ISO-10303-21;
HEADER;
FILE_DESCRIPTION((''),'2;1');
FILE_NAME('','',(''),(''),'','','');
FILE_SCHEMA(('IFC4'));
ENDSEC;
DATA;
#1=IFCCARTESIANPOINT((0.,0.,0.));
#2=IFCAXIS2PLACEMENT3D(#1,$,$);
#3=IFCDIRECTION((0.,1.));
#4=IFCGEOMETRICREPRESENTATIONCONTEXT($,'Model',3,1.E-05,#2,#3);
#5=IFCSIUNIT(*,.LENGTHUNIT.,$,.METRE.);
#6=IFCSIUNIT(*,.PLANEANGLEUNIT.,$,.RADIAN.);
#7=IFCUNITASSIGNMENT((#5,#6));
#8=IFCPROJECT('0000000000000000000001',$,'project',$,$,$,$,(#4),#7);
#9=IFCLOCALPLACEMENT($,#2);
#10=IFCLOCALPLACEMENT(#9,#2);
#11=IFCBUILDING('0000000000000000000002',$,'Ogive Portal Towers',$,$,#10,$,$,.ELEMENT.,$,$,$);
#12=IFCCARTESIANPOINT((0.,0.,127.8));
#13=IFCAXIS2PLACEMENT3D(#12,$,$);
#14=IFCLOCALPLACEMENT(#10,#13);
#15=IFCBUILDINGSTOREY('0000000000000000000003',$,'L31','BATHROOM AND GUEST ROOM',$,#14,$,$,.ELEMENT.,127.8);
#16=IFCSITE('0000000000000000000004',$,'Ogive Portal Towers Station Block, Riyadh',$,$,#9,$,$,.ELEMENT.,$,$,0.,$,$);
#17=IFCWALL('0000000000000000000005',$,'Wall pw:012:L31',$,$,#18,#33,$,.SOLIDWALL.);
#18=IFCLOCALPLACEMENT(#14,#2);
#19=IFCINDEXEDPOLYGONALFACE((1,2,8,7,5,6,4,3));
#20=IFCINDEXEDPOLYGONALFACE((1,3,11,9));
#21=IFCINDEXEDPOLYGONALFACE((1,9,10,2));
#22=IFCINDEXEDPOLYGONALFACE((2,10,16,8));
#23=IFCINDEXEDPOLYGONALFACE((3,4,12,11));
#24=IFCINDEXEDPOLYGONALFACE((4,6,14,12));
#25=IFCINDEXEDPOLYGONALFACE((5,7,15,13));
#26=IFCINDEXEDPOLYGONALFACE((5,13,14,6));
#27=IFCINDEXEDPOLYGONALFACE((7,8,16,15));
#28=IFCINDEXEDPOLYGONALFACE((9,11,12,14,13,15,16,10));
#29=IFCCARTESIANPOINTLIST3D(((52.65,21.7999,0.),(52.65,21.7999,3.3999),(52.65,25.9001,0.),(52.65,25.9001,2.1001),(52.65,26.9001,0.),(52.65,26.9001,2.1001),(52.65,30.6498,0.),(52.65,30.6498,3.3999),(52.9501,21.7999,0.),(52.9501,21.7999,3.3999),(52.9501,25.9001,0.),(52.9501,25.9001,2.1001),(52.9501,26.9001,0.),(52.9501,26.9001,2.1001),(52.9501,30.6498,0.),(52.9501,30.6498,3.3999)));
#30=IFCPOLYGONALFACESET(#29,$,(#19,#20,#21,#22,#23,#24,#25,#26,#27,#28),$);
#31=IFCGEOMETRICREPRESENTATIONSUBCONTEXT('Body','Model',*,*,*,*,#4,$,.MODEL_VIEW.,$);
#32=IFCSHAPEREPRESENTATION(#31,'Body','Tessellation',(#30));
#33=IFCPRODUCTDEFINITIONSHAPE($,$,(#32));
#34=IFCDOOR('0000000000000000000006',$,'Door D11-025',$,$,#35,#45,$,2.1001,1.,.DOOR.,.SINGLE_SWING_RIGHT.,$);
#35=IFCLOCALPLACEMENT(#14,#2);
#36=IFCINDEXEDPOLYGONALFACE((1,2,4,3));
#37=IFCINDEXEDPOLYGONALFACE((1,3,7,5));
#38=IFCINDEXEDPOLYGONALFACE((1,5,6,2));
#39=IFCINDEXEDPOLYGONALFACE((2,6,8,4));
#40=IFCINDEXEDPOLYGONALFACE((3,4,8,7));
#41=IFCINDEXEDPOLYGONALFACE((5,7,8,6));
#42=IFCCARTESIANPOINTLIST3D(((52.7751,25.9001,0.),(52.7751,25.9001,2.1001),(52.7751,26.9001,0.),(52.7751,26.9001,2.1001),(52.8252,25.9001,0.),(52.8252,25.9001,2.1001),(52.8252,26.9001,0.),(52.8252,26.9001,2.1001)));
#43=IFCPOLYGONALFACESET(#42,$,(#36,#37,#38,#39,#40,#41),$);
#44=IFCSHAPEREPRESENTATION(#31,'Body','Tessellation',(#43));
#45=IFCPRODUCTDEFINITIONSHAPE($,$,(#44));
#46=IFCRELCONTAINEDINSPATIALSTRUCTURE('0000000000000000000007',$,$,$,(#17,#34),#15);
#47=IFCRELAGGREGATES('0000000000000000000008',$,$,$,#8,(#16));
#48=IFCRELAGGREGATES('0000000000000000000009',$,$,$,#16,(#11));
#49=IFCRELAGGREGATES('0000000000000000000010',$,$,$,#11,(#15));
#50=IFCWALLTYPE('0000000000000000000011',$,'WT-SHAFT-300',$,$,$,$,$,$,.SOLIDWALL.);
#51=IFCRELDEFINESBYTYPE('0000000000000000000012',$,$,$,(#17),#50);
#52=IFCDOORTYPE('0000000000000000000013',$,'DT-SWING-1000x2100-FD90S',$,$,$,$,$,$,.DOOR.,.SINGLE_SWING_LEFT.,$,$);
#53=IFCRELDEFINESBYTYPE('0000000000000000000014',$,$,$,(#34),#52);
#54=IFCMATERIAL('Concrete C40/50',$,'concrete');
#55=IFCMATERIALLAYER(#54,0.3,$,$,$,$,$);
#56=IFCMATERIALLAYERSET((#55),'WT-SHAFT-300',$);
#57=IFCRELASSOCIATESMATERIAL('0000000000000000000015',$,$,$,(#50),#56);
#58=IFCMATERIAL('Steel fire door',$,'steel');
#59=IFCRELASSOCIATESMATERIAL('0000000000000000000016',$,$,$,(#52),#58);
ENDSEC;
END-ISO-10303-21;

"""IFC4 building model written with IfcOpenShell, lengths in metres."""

from ifc_helpers import new_model, si_unit, direction, frame, frame_2d, origin, place, context, subcontext, project, spatial, rectangle, extrude, material, layer, layer_set, type_object, element, fill, save


model = new_model("IFC4")

# Units and contexts
model_context = context("Model", 3, precision=1e-05, world=origin(), true_north=direction((0.0, 1.0)))
body_context = subcontext(model_context, "Body", "Model", "MODEL_VIEW")
ifc_project = project(units=[si_unit("LENGTHUNIT", "METRE"), si_unit("PLANEANGLEUNIT", "RADIAN")], contexts=[model_context])

# Site, building, storey
site_placement = place(None, origin())
site = spatial("IfcSite", under=ifc_project, at=site_placement, Name="Ogive Portal Towers Station Block, Riyadh", CompositionType="ELEMENT", RefElevation=0.0)
building_placement = place(site_placement, origin())
building = spatial("IfcBuilding", under=site, at=building_placement, Name="Ogive Portal Towers", CompositionType="ELEMENT")
storey_placement = place(building_placement, frame((0.0, 0.0, 127.8)))
storey = spatial("IfcBuildingStorey", under=building, at=storey_placement, Name="L31", Description="BATHROOM AND GUEST ROOM", CompositionType="ELEMENT", Elevation=127.8)

# Shared definitions
ifc_material_1 = material(Name="Steel fire door", Category="steel")

# Wall, opening, door
ifc_material_2 = material(Name="Concrete C40/50", Category="concrete")
ifc_layer_1 = layer(ifc_material_2, 0.3)
ifc_layer_set_1 = layer_set([ifc_layer_1], Name="WT-SHAFT-300")
wall_type_1 = type_object("IfcWallType", Name="WT-SHAFT-300", PredefinedType="SOLIDWALL", material=ifc_layer_set_1)
wall_1_placement = place(storey_placement, frame((52.8, 21.8, 0.0), z_axis=(0.0, 0.0, 1.0), x_axis=(0.0, 1.0, 0.0)))
wall_1 = element("IfcWall", 1, at=wall_1_placement, inside=storey, type_object=wall_type_1, Name="Wall pw:012:L31", PredefinedType="SOLIDWALL", context=body_context, shape_type="SweptSolid", body=[
    extrude(rectangle(XDim=8.8499, YDim=0.3, at=frame_2d((4.4248, 0.0))), origin(), (0.0, 0.0, 1.0), 3.3999),
])
opening_1_placement = place(wall_1_placement, frame((4.1001, 0.0, 0.0)))
opening_1 = element("IfcOpeningElement", 2, at=opening_1_placement, cuts=wall_1, PredefinedType="OPENING", context=body_context, shape_type="SweptSolid", body=[
    extrude(rectangle(XDim=1.0, YDim=2.1001, at=frame_2d((0.5, 1.05))), frame((0.0, 0.1602, 0.0), z_axis=(0.0, -1.0, 0.0), x_axis=(1.0, 0.0, 0.0)), (0.0, 0.0, 1.0), 0.3201),
])
door_type_1 = type_object("IfcDoorType", Name="DT-SWING-1000x2100-FD90S", OperationType="SINGLE_SWING_LEFT", PredefinedType="DOOR", material=ifc_material_1)
door_1_placement = place(opening_1_placement, origin())
door_1 = element("IfcDoor", 3, at=door_1_placement, inside=storey, type_object=door_type_1, Name="Door D11-025", OperationType="SINGLE_SWING_RIGHT", OverallHeight=2.1001, OverallWidth=1.0, PredefinedType="DOOR", context=body_context, shape_type="SweptSolid", body=[
    extrude(rectangle(XDim=1.0, YDim=2.1001, at=frame_2d((0.5, 1.05))), frame((0.0, 0.0249, 0.0), z_axis=(0.0, -1.0, 0.0), x_axis=(1.0, 0.0, 0.0)), (0.0, 0.0, 1.0), 0.05),
])
fill(opening_1, door_1)

save(model, "model.ifc")
